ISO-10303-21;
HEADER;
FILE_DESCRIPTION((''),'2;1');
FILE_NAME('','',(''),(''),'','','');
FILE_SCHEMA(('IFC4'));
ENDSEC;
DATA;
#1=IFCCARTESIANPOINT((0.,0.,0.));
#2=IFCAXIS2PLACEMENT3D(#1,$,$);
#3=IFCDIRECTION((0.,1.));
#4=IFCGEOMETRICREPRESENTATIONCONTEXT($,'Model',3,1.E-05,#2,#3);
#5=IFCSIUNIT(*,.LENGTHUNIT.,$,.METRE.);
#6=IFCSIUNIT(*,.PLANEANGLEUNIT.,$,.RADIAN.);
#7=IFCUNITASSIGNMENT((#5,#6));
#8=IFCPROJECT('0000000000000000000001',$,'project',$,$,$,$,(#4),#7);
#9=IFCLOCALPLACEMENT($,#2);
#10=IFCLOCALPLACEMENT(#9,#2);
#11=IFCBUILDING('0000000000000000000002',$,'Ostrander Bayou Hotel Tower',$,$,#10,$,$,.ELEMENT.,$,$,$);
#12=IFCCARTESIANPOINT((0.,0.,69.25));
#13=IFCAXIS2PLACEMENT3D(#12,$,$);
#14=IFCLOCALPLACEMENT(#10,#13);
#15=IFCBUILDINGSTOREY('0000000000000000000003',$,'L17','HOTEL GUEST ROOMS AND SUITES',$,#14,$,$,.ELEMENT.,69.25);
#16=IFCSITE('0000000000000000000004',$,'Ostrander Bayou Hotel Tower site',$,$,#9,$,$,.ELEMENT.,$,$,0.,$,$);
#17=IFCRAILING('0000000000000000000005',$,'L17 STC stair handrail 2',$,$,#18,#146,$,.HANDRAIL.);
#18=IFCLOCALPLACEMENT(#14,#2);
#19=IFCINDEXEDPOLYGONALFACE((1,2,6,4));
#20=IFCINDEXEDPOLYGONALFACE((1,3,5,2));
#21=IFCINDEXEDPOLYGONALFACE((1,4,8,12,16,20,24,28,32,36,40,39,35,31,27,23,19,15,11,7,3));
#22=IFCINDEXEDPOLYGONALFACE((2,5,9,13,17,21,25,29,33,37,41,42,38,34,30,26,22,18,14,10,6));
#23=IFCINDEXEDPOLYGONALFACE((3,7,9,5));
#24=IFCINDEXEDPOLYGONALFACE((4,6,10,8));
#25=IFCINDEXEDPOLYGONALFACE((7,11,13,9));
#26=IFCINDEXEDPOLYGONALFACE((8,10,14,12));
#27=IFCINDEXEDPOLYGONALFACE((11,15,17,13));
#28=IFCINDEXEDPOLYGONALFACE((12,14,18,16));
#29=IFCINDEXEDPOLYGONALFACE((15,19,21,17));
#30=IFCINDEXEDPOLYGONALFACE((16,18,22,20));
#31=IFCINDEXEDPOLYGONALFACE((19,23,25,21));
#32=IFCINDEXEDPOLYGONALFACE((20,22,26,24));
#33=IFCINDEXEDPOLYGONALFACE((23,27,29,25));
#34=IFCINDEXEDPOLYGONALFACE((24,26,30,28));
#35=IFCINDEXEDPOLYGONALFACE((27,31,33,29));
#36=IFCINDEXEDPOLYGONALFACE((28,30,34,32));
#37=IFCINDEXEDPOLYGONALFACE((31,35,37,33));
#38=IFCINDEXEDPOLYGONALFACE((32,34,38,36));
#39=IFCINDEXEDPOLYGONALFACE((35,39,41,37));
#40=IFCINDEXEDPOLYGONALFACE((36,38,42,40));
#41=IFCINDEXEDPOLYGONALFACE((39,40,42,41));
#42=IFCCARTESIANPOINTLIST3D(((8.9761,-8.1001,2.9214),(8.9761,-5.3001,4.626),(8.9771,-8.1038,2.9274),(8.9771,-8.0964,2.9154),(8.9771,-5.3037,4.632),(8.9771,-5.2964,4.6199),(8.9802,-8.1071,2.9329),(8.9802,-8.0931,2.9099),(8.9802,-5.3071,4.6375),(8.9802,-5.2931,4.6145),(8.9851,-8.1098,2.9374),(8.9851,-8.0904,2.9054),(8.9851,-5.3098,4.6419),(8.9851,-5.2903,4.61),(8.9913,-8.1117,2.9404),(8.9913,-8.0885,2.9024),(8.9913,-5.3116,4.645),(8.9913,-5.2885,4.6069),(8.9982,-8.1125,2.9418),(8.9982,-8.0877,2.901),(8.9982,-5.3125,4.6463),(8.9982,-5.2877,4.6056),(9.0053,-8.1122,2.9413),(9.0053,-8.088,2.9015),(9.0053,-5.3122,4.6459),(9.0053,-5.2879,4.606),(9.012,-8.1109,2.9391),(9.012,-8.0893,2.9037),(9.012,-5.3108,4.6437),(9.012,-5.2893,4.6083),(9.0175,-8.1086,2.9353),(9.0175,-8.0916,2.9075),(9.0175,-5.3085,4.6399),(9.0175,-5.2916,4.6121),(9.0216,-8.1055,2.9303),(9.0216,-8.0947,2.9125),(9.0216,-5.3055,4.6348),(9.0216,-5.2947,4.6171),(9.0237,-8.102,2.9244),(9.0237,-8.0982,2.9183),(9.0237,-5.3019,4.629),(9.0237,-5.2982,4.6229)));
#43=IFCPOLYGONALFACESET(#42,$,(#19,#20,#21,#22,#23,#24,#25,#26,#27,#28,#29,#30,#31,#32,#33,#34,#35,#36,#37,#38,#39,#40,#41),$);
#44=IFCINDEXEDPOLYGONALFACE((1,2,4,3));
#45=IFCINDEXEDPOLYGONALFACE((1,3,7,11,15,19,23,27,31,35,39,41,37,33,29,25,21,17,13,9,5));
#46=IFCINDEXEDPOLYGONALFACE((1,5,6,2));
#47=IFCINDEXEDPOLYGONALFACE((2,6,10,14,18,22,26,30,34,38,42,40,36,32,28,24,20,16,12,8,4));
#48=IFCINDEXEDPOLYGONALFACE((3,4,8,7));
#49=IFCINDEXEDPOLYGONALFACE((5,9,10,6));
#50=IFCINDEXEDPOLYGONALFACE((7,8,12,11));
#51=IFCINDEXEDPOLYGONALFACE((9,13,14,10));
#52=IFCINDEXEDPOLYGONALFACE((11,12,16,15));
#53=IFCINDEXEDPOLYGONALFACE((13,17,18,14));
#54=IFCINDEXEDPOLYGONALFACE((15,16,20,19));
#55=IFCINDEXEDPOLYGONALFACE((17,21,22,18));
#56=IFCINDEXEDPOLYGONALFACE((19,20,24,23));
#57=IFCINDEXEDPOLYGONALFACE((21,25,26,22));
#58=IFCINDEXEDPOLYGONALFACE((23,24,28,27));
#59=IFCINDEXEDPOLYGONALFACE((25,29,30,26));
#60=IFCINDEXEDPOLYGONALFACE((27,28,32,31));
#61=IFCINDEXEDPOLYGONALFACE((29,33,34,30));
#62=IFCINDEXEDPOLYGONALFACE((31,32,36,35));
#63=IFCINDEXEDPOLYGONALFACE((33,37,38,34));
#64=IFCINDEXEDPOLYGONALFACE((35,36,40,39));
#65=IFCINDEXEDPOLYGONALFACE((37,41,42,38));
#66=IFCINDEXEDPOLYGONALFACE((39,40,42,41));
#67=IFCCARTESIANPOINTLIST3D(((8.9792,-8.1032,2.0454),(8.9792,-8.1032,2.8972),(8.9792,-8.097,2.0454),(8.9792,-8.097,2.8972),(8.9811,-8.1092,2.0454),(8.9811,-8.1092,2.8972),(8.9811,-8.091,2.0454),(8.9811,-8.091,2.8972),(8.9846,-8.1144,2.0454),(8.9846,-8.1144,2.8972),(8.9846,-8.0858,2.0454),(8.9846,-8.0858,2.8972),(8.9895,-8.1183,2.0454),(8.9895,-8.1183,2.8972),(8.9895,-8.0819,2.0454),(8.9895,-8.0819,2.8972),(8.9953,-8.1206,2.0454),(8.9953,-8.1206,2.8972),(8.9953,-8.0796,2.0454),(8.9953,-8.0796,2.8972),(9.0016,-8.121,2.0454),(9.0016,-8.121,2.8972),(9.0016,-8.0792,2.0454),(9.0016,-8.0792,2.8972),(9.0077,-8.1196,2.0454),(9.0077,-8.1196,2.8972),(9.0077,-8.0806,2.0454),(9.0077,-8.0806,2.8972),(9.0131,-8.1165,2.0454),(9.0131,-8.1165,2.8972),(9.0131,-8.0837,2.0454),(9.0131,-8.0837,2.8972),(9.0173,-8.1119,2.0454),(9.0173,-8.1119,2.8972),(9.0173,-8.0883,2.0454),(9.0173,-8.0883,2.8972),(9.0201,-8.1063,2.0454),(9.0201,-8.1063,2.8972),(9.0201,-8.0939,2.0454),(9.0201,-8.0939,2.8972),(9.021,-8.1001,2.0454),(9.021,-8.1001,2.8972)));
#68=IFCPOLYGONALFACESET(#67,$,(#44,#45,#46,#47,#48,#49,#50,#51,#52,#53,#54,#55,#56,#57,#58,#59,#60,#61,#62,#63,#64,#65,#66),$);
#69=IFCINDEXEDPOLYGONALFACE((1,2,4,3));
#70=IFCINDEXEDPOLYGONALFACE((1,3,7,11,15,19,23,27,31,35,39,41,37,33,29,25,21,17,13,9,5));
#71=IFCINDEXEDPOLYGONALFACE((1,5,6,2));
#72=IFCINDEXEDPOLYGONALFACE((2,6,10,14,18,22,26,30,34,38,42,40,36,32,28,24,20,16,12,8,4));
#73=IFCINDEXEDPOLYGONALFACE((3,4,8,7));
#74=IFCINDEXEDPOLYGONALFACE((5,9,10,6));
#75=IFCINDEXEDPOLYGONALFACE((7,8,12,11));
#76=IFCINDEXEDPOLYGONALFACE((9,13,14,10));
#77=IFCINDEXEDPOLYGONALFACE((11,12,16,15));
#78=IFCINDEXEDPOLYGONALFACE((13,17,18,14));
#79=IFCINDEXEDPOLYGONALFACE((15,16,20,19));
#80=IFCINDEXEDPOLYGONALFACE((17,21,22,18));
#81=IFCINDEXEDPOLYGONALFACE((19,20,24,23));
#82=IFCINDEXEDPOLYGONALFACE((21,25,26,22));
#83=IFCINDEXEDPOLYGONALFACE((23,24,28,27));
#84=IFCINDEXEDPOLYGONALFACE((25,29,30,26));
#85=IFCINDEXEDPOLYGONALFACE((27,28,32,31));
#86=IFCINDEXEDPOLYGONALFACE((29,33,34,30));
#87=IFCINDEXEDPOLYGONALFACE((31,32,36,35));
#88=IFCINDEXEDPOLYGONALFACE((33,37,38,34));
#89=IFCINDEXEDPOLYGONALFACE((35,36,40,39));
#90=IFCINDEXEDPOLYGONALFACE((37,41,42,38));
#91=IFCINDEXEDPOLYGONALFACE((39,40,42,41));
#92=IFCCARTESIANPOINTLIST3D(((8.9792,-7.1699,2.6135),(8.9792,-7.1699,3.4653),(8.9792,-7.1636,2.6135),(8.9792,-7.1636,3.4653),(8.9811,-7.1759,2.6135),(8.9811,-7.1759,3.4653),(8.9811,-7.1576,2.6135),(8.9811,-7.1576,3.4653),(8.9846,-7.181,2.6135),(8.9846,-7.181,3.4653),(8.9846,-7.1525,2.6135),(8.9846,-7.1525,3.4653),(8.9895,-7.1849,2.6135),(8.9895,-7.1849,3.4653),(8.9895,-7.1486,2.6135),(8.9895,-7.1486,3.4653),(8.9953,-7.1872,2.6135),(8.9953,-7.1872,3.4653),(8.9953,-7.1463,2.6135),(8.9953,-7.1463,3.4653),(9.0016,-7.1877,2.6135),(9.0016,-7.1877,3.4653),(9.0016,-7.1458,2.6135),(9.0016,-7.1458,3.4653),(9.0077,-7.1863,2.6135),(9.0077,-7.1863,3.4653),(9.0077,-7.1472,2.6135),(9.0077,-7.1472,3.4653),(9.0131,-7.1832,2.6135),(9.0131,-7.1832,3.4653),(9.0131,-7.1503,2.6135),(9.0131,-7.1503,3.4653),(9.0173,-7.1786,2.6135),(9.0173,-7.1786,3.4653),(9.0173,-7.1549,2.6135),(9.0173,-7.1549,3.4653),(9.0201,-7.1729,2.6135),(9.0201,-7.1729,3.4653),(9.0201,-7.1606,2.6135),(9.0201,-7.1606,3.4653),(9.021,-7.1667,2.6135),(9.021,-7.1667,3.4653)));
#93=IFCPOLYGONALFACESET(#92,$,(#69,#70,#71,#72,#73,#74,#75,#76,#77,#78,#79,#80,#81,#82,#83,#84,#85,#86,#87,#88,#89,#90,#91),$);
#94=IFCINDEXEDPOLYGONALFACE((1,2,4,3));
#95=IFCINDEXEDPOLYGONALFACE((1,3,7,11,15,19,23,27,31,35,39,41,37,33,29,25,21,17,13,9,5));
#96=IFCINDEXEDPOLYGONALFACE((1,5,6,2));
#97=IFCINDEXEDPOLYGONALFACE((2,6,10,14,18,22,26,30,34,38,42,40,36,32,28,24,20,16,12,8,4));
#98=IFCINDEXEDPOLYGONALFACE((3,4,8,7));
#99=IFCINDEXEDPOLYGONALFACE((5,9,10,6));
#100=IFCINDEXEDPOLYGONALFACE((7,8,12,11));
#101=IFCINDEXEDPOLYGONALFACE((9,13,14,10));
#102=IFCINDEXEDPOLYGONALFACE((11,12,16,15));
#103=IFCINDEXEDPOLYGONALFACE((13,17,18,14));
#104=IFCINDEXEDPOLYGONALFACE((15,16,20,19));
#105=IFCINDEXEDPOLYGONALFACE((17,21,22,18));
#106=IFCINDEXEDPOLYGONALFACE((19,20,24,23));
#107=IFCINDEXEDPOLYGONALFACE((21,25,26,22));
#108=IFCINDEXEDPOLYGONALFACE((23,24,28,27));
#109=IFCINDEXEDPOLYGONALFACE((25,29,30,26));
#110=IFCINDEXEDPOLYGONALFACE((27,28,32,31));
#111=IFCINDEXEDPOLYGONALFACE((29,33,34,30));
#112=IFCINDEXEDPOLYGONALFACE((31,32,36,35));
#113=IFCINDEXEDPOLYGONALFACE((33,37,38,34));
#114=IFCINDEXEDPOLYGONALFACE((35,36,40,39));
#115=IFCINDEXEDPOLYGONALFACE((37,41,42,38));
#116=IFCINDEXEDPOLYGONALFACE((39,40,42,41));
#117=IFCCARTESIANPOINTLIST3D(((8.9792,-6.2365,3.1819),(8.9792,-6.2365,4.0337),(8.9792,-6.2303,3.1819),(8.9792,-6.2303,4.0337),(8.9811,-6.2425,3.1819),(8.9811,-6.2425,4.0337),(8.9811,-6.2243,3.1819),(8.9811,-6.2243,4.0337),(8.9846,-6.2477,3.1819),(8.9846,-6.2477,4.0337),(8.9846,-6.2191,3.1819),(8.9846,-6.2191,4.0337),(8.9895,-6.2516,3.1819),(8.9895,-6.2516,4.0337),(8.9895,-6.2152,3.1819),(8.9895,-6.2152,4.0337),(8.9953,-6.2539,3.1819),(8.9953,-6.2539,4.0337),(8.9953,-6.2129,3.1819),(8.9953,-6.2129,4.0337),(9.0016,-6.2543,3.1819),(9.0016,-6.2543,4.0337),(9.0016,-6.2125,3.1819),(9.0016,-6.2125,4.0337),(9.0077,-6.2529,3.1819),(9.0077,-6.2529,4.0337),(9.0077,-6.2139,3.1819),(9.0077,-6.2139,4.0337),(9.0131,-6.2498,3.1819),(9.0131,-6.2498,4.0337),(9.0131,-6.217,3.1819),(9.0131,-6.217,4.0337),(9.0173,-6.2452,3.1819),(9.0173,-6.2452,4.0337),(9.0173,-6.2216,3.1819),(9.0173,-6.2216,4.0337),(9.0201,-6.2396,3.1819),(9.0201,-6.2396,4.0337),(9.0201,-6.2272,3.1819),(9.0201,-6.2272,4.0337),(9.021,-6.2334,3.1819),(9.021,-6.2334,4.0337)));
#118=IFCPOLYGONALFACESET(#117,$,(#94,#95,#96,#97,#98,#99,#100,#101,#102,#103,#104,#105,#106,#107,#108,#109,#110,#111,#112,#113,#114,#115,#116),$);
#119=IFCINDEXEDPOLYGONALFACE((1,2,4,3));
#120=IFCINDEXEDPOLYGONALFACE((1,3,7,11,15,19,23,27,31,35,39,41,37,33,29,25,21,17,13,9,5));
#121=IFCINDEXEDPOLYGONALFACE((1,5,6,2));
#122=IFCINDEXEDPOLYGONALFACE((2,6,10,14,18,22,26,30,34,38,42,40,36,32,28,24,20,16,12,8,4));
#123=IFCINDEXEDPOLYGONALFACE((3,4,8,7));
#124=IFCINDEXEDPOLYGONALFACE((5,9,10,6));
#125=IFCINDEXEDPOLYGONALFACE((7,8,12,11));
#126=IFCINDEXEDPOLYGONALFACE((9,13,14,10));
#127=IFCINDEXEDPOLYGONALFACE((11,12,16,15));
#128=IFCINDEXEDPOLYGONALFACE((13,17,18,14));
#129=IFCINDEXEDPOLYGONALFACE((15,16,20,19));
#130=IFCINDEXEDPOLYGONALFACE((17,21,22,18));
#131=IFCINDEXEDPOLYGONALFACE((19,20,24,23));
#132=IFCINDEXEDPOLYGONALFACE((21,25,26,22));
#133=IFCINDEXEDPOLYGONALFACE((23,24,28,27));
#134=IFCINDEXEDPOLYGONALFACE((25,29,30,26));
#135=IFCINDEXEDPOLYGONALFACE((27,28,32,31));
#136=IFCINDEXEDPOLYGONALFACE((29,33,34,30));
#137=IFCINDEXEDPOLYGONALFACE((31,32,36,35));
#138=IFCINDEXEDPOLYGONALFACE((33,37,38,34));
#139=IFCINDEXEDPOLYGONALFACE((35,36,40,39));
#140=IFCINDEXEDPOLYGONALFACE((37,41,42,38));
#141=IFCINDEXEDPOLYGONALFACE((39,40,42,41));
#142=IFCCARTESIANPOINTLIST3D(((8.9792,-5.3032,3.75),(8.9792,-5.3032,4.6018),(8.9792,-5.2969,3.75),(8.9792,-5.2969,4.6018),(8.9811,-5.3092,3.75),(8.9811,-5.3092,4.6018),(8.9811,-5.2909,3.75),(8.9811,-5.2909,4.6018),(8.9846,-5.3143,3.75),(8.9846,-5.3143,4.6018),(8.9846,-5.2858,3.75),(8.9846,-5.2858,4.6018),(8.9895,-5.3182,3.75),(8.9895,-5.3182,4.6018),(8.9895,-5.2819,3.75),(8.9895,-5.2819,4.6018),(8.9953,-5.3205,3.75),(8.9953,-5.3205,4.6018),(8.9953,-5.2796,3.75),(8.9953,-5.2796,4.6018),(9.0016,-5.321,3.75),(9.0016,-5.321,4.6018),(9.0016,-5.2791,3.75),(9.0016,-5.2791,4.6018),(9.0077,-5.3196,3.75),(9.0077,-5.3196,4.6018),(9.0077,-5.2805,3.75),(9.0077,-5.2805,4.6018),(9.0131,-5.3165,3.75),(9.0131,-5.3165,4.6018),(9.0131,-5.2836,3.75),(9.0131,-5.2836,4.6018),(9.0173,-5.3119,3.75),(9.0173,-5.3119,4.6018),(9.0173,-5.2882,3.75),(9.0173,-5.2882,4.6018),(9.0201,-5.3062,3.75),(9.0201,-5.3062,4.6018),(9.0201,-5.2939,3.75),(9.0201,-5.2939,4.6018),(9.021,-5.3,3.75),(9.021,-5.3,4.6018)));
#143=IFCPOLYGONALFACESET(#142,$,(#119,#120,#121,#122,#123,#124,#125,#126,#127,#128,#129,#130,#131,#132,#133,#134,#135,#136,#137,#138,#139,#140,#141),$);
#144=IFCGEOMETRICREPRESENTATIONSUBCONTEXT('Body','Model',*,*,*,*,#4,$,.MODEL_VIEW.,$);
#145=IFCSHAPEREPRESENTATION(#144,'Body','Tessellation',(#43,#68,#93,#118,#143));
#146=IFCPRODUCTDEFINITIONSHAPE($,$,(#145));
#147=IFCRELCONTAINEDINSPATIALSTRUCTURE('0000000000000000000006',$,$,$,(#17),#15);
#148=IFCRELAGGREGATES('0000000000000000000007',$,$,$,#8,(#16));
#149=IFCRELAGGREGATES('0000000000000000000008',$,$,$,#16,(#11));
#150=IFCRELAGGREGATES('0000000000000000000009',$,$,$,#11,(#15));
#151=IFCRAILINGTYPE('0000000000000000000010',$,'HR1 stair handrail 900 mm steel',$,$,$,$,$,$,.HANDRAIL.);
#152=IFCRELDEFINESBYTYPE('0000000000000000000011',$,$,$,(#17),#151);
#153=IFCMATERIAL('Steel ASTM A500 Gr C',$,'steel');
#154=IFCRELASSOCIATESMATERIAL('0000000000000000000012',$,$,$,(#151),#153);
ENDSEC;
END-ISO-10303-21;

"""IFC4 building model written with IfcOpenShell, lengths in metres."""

from ifc_helpers import new_model, si_unit, direction, frame, origin, origin_2d, place, context, subcontext, project, spatial, circle, extrude, material, type_object, element, save


model = new_model("IFC4")

# Units and contexts
model_context = context("Model", 3, precision=1e-05, world=origin(), true_north=direction((0.0, 1.0)))
body_context = subcontext(model_context, "Body", "Model", "MODEL_VIEW")
ifc_project = project(units=[si_unit("LENGTHUNIT", "METRE"), si_unit("PLANEANGLEUNIT", "RADIAN")], contexts=[model_context])

# Site, building, storey
site_placement = place(None, origin())
site = spatial("IfcSite", under=ifc_project, at=site_placement, Name="Ostrander Bayou Hotel Tower site", CompositionType="ELEMENT", RefElevation=0.0)
building_placement = place(site_placement, origin())
building = spatial("IfcBuilding", under=site, at=building_placement, Name="Ostrander Bayou Hotel Tower", CompositionType="ELEMENT")
storey_placement = place(building_placement, frame((0.0, 0.0, 69.25)))
storey = spatial("IfcBuildingStorey", under=building, at=storey_placement, Name="L17", Description="HOTEL GUEST ROOMS AND SUITES", CompositionType="ELEMENT", Elevation=69.25)

# Railing
ifc_material_1 = material(Name="Steel ASTM A500 Gr C", Category="steel")
railing_type_1 = type_object("IfcRailingType", Name="HR1 stair handrail 900 mm steel", PredefinedType="HANDRAIL", material=ifc_material_1)
railing_1_placement = place(storey_placement, frame((9.0, -8.1001, 2.0454)))
element("IfcRailing", 1, at=railing_1_placement, inside=storey, type_object=railing_type_1, Name="L17 STC stair handrail 2", PredefinedType="HANDRAIL", context=body_context, shape_type="SweptSolid", body=[
    extrude(circle(Radius=0.0239, at=origin_2d()), frame((0.0, 0.0, 0.876), z_axis=(0.0, 0.85417, 0.519994), x_axis=(-1.0, 0.0, 0.0)), (0.0, 0.0, 1.0), 3.2781),
    extrude(circle(Radius=0.021, at=origin_2d()), origin(), (0.0, 0.0, 1.0), 0.8518),
    extrude(circle(Radius=0.021, at=origin_2d()), frame((0.0, 0.9333, 0.5681)), (0.0, 0.0, 1.0), 0.8518),
    extrude(circle(Radius=0.021, at=origin_2d()), frame((0.0, 1.8667, 1.1365)), (0.0, 0.0, 1.0), 0.8518),
    extrude(circle(Radius=0.021, at=origin_2d()), frame((0.0, 2.8, 1.7046)), (0.0, 0.0, 1.0), 0.8518),
])

save(model, "model.ifc")
